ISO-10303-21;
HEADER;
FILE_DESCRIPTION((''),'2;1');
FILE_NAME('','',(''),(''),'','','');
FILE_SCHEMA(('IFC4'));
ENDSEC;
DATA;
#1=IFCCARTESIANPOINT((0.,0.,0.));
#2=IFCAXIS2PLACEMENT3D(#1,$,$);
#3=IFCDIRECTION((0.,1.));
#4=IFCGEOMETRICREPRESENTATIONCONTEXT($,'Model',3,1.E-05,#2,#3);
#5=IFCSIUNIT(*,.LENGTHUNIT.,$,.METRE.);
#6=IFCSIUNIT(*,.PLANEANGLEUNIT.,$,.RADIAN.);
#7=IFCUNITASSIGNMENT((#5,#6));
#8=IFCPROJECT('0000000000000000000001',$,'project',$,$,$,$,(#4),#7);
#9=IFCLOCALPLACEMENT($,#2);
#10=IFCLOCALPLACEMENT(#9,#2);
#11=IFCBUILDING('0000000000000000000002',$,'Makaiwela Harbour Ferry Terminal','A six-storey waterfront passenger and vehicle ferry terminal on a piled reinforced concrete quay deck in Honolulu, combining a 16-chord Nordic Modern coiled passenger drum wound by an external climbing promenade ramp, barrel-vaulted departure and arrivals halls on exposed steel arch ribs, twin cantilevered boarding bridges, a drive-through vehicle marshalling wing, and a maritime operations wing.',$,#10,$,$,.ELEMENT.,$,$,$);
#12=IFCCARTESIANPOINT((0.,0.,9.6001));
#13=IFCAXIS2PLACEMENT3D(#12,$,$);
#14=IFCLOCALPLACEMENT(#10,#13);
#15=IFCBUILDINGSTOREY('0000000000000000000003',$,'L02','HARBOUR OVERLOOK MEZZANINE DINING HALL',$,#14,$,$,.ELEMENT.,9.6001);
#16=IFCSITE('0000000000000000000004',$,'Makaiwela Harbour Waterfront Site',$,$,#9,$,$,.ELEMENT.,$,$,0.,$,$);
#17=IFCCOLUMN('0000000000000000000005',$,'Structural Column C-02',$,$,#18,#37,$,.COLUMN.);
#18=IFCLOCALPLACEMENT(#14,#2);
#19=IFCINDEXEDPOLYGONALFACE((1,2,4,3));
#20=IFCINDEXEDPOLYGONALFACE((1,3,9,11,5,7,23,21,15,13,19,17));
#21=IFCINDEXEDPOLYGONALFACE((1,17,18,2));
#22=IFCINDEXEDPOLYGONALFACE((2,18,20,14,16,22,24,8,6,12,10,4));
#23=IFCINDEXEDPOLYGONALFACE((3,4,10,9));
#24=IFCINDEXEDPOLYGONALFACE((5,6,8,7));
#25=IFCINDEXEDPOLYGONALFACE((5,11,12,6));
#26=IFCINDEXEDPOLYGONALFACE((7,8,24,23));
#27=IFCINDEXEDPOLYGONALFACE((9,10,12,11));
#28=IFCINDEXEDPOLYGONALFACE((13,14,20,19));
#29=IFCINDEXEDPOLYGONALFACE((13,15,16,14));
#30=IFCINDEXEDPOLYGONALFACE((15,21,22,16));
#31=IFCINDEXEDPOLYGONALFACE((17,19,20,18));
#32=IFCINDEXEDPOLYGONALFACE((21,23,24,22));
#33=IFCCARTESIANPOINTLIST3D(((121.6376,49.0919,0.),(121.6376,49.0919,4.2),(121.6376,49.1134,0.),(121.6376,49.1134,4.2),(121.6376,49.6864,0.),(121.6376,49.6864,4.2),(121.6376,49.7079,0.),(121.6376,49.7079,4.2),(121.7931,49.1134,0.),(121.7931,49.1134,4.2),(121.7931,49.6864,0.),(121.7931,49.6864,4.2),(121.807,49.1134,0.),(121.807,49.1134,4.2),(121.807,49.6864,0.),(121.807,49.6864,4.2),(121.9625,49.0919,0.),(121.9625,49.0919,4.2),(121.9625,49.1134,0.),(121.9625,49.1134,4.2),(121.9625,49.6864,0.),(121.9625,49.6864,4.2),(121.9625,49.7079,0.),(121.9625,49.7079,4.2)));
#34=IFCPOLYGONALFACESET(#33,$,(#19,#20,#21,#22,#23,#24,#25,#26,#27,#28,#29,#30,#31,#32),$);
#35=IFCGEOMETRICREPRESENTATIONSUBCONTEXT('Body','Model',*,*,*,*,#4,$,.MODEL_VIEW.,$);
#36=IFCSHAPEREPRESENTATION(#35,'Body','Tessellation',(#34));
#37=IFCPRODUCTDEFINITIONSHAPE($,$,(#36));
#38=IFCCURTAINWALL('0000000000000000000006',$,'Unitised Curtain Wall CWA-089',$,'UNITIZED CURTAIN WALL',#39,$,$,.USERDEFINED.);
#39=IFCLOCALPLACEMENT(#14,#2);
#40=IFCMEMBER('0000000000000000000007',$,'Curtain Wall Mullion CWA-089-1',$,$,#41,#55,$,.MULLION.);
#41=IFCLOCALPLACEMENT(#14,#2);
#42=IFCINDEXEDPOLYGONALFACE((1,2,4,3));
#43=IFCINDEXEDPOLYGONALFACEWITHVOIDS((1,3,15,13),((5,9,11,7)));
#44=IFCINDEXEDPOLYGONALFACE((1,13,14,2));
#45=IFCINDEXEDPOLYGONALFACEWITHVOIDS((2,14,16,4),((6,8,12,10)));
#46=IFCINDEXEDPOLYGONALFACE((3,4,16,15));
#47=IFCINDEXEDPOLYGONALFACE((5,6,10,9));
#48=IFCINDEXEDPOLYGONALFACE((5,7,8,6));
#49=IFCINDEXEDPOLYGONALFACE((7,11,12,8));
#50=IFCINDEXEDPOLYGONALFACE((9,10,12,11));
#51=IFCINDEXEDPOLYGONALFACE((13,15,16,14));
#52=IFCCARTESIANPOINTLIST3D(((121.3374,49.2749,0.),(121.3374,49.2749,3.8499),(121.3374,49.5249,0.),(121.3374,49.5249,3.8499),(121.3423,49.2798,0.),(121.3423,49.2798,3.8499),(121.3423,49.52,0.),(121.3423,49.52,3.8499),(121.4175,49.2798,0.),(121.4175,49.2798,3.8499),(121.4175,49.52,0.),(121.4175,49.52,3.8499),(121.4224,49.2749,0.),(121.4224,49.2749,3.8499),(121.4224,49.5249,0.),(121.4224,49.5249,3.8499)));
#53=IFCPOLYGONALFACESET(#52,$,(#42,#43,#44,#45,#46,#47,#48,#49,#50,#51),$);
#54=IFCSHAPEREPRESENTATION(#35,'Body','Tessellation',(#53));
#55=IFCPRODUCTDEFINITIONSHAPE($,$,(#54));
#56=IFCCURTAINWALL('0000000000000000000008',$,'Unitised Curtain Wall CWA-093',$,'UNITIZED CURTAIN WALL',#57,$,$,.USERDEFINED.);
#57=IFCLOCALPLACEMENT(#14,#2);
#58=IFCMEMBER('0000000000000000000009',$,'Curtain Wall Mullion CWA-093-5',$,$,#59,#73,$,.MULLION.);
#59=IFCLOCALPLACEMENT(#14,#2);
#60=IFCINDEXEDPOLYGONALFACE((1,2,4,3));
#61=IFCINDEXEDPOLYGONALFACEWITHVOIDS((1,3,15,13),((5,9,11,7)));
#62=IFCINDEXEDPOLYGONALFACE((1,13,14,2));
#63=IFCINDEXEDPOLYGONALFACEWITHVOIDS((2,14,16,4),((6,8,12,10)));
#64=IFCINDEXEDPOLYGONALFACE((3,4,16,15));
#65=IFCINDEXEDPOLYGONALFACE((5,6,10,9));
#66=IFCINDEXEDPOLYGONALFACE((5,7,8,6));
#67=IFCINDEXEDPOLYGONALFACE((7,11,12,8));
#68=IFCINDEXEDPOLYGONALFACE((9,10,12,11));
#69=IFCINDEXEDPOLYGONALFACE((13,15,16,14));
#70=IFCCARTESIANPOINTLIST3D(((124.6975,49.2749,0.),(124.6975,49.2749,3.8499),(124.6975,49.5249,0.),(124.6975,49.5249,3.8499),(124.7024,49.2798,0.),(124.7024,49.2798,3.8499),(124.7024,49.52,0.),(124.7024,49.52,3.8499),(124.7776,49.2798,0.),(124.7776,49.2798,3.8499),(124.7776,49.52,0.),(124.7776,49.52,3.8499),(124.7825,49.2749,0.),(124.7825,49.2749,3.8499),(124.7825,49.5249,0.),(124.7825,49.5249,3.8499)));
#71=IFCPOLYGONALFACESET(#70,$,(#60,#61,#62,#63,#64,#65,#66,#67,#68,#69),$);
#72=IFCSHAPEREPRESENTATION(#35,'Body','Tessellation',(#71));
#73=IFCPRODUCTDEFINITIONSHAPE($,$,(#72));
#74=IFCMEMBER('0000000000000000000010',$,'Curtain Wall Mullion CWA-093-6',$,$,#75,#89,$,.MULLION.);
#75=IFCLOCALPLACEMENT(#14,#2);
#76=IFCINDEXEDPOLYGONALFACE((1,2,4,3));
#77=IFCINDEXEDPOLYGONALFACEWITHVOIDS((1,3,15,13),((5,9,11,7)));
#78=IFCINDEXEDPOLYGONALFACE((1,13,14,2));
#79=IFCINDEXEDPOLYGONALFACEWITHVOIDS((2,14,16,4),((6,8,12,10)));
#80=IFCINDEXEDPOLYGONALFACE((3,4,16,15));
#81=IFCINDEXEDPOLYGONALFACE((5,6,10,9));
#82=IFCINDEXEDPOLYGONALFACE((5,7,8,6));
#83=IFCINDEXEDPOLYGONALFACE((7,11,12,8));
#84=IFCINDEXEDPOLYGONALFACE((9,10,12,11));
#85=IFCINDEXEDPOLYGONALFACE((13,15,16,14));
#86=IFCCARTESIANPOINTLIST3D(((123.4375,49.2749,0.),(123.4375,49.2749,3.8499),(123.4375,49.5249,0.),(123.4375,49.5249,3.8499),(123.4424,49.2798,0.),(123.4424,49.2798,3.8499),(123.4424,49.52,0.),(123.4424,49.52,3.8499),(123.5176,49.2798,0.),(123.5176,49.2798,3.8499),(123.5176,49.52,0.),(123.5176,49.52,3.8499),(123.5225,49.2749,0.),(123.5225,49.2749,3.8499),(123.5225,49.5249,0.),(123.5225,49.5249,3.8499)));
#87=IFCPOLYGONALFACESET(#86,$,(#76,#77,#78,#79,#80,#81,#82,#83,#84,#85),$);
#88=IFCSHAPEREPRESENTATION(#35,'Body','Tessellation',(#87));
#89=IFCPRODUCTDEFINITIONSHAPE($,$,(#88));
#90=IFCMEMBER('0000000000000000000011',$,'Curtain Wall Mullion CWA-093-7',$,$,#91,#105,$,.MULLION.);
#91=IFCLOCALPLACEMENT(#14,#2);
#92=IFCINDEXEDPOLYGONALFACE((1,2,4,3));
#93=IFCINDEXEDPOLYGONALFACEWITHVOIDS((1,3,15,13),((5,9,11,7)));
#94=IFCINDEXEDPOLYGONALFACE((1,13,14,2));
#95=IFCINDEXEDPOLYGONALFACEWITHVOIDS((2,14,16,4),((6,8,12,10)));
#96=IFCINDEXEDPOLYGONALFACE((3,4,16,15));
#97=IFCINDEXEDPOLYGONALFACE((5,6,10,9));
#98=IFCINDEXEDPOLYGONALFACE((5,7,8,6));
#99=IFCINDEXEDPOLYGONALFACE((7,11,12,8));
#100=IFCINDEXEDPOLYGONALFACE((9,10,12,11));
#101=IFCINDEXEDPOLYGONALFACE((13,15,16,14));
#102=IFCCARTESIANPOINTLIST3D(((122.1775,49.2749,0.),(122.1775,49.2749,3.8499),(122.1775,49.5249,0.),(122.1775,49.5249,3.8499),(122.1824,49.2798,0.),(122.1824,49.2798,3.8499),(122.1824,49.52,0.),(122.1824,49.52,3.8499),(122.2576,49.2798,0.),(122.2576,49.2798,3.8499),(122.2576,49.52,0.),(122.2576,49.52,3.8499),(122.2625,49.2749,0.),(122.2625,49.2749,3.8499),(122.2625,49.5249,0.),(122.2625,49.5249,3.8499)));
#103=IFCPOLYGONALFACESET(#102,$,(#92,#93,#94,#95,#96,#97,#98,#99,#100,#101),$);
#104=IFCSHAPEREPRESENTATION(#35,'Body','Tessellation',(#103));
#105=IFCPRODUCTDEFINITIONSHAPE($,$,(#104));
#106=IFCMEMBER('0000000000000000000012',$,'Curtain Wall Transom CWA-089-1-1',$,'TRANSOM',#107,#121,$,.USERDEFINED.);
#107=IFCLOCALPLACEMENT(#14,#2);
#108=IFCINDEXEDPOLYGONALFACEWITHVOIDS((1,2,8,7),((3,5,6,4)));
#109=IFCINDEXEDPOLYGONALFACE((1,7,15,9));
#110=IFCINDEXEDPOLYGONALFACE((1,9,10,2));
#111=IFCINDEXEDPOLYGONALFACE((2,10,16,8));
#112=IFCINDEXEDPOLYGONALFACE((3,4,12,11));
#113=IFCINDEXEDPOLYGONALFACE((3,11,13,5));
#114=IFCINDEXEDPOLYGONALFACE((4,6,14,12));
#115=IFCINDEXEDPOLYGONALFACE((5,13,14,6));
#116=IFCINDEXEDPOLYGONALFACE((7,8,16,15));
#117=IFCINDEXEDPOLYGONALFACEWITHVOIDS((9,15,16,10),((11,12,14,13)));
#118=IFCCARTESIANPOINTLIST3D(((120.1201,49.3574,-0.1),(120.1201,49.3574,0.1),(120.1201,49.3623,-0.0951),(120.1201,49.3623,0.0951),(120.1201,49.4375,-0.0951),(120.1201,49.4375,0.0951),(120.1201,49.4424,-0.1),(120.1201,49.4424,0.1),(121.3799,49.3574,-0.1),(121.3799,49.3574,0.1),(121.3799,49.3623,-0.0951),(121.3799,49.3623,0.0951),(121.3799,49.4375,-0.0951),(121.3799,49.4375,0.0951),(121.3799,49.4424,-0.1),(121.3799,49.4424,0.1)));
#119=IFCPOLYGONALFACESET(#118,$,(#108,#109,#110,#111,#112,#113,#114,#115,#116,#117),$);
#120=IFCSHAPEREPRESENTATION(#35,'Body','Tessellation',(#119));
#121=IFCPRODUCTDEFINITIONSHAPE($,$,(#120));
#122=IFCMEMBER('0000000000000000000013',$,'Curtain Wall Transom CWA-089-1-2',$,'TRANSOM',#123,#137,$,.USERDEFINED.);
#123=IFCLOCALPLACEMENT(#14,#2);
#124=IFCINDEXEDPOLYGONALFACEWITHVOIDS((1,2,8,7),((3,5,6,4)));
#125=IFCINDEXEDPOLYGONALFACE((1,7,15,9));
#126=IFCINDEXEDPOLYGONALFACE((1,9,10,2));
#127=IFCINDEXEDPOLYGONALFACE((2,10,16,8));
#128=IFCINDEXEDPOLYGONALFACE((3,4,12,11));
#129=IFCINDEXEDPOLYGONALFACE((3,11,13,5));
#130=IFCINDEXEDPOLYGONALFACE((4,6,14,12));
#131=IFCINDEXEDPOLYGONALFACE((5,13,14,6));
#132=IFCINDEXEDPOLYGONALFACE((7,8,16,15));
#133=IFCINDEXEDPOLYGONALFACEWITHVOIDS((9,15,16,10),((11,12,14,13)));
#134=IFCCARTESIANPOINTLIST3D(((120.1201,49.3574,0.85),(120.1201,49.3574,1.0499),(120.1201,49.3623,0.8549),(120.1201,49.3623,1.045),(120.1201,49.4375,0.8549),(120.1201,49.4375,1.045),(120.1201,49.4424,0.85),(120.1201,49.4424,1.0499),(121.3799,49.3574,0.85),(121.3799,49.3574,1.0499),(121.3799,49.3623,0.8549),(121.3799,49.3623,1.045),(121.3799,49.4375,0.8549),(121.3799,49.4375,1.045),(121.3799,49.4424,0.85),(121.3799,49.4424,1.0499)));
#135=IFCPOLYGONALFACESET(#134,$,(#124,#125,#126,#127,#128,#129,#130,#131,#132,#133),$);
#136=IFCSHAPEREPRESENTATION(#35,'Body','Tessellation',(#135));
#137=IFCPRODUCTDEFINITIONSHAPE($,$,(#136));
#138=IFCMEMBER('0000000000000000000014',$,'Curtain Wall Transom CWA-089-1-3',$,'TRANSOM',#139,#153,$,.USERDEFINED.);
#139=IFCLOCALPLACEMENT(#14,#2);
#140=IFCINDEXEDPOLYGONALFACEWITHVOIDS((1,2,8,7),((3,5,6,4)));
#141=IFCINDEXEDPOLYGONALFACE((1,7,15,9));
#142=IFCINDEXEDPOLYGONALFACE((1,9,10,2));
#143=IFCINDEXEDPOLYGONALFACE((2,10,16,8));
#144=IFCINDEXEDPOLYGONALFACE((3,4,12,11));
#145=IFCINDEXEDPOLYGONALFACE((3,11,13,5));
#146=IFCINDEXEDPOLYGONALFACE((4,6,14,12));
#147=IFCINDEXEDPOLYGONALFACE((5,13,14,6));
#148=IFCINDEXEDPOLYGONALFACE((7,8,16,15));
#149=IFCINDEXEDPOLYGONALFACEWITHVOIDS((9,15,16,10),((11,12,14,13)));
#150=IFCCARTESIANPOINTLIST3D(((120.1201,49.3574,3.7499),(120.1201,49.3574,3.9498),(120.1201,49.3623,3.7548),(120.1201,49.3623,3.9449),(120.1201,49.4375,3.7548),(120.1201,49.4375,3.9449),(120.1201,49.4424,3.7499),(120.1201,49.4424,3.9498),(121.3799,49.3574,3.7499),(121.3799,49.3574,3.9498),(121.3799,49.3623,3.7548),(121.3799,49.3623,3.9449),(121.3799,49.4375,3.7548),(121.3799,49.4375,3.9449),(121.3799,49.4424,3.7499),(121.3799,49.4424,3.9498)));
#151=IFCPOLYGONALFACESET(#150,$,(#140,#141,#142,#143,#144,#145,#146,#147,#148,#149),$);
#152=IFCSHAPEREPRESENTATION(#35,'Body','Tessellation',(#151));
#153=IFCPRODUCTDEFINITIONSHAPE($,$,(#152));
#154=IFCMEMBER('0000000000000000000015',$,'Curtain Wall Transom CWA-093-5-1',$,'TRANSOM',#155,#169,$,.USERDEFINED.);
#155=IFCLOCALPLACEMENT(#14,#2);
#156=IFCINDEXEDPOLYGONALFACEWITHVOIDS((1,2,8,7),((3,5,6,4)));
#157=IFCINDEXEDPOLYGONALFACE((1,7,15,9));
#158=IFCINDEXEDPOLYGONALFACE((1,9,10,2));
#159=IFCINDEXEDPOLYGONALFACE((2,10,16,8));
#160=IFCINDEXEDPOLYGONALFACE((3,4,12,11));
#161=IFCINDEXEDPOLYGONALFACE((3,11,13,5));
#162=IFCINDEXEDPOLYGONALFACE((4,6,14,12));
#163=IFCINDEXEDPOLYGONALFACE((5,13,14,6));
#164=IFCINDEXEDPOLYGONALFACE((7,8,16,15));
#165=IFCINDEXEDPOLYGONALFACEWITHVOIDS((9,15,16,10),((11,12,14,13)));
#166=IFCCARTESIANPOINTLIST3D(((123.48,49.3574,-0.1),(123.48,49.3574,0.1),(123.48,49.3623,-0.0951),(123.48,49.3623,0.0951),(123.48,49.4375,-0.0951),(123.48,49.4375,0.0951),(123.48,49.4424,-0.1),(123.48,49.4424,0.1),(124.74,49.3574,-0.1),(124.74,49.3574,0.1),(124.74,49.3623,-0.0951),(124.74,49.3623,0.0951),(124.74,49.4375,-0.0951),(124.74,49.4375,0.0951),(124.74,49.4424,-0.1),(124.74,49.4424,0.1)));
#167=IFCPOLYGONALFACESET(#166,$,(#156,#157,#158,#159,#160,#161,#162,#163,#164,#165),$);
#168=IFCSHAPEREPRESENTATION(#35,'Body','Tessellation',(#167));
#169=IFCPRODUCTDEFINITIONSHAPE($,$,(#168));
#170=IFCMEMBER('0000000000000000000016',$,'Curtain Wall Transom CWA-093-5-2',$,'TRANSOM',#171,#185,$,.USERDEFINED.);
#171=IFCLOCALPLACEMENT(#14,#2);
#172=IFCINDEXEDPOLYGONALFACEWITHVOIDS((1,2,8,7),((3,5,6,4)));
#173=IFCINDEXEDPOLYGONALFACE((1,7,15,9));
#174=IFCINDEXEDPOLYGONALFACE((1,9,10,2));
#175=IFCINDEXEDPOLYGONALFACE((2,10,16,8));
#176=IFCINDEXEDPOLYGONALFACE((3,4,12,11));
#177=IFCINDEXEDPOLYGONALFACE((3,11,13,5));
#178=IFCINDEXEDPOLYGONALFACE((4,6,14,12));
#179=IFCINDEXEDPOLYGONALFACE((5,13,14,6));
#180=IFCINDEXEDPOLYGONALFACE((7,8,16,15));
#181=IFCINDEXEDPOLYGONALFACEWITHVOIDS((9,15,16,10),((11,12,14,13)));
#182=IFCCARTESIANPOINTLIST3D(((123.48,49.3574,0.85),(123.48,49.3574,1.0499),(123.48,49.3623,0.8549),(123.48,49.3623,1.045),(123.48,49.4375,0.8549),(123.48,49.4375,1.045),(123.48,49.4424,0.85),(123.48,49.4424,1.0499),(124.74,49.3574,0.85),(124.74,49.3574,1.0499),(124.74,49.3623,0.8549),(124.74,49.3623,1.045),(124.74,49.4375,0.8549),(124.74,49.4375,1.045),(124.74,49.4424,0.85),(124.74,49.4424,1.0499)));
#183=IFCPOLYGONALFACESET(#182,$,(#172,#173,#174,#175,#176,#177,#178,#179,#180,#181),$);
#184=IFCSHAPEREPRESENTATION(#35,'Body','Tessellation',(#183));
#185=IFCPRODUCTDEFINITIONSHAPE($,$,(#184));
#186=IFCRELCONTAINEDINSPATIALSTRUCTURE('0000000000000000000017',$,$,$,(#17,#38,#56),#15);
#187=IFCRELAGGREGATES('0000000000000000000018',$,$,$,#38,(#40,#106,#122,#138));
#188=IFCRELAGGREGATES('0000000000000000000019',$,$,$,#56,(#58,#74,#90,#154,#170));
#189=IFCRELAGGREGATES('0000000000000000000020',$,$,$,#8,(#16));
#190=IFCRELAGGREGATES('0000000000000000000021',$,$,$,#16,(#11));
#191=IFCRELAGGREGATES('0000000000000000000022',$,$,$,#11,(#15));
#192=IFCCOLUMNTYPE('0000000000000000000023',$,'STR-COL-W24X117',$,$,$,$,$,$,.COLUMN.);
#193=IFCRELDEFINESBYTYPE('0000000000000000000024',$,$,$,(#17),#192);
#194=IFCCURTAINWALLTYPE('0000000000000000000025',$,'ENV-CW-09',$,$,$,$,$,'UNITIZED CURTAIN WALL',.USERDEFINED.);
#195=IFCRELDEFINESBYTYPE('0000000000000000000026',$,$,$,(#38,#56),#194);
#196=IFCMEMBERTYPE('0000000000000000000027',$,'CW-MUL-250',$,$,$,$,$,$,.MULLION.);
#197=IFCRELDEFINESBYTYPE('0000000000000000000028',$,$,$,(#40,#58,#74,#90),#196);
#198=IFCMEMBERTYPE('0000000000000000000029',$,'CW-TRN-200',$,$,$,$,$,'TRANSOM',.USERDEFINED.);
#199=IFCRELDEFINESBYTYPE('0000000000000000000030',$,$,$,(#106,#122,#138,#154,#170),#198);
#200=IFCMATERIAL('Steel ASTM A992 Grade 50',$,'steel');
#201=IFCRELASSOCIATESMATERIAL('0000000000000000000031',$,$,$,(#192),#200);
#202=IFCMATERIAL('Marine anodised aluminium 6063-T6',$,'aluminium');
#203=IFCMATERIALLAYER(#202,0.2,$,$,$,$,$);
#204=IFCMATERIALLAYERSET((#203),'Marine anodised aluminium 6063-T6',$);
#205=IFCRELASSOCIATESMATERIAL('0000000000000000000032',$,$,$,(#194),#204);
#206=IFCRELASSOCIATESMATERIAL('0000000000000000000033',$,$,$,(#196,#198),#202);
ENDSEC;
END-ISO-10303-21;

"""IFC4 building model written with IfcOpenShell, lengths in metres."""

from ifc_helpers import new_model, si_unit, direction, frame, origin, origin_2d, place, context, subcontext, project, spatial, hollow_rectangle, i_section, extrude, material, layer, layer_set, material_profile, profile_set, type_object, element, aggregate, save


model = new_model("IFC4")

# Units and contexts
model_context = context("Model", 3, precision=1e-05, world=origin(), true_north=direction((0.0, 1.0)))
body_context = subcontext(model_context, "Body", "Model", "MODEL_VIEW")
ifc_project = project(units=[si_unit("LENGTHUNIT", "METRE"), si_unit("PLANEANGLEUNIT", "RADIAN")], contexts=[model_context])

# Site, building, storey
site_placement = place(None, origin())
site = spatial("IfcSite", under=ifc_project, at=site_placement, Name="Makaiwela Harbour Waterfront Site", CompositionType="ELEMENT", RefElevation=0.0)
building_placement = place(site_placement, origin())
building = spatial("IfcBuilding", under=site, at=building_placement, Name="Makaiwela Harbour Ferry Terminal", Description="A six-storey waterfront passenger and vehicle ferry terminal on a piled reinforced concrete quay deck in Honolulu, combining a 16-chord Nordic Modern coiled passenger drum wound by an external climbing promenade ramp, barrel-vaulted departure and arrivals halls on exposed steel arch ribs, twin cantilevered boarding bridges, a drive-through vehicle marshalling wing, and a maritime operations wing.", CompositionType="ELEMENT")
storey_placement = place(building_placement, frame((0.0, 0.0, 9.6001)))
storey = spatial("IfcBuildingStorey", under=building, at=storey_placement, Name="L02", Description="HARBOUR OVERLOOK MEZZANINE DINING HALL", CompositionType="ELEMENT", Elevation=9.6001)

# Column
ifc_material_1 = material(Name="Steel ASTM A992 Grade 50", Category="steel")
ifc_material_profile_1 = material_profile(ifc_material_1, i_section(OverallWidth=0.325, OverallDepth=0.616, WebThickness=0.0139, FlangeThickness=0.0215, at=origin_2d()), Name="W24X117")
ifc_profile_set_1 = profile_set([ifc_material_profile_1], Name="Steel ASTM A992 Grade 50")
column_type = type_object("IfcColumnType", Name="STR-COL-W24X117", PredefinedType="COLUMN", material=ifc_profile_set_1)
column_placement = place(storey_placement, frame((121.8, 49.3999, 0.0), z_axis=(0.0, 0.0, 1.0), x_axis=(1.0, 0.0, 0.0)))
element("IfcColumn", 1, at=column_placement, inside=storey, type_object=column_type, Name="Structural Column C-02", PredefinedType="COLUMN", context=body_context, shape_type="SweptSolid", body=[
    extrude(i_section(OverallWidth=0.325, OverallDepth=0.616, WebThickness=0.0139, FlangeThickness=0.0215, at=origin_2d()), origin(), (0.0, 0.0, 1.0), 4.2),
])

# Curtain wall, member
ifc_material_2 = material(Name="Marine anodised aluminium 6063-T6", Category="aluminium")
ifc_layer_1 = layer(ifc_material_2, 0.2)
ifc_layer_set_1 = layer_set([ifc_layer_1], Name="Marine anodised aluminium 6063-T6")
curtain_wall_type = type_object("IfcCurtainWallType", Name="ENV-CW-09", ElementType="UNITIZED CURTAIN WALL", PredefinedType="USERDEFINED", material=ifc_layer_set_1)
curtain_wall_1_placement = place(storey_placement, origin())
curtain_wall_1 = element("IfcCurtainWall", 2, at=curtain_wall_1_placement, inside=storey, type_object=curtain_wall_type, Name="Unitised Curtain Wall CWA-089", ObjectType="UNITIZED CURTAIN WALL", PredefinedType="USERDEFINED")
ifc_material_profile_2 = material_profile(ifc_material_2, hollow_rectangle(XDim=0.085, YDim=0.25, WallThickness=0.0049, at=origin_2d()), Name="CWM-250X85")
ifc_profile_set_2 = profile_set([ifc_material_profile_2], Name="Marine anodised aluminium 6063-T6")
member_type_1 = type_object("IfcMemberType", Name="CW-MUL-250", PredefinedType="MULLION", material=ifc_profile_set_2)
member_1_placement = place(storey_placement, frame((121.3799, 49.3999, 0.0), z_axis=(0.0, 0.0, 1.0), x_axis=(1.0, 0.0, 0.0)))
member_1 = element("IfcMember", 3, at=member_1_placement, type_object=member_type_1, Name="Curtain Wall Mullion CWA-089-1", PredefinedType="MULLION", context=body_context, shape_type="SweptSolid", body=[
    extrude(hollow_rectangle(XDim=0.085, YDim=0.25, WallThickness=0.0049, at=origin_2d()), origin(), (0.0, 0.0, 1.0), 3.8499),
])

# Curtain wall, members
curtain_wall_2_placement = place(storey_placement, origin())
curtain_wall_2 = element("IfcCurtainWall", 4, at=curtain_wall_2_placement, inside=storey, type_object=curtain_wall_type, Name="Unitised Curtain Wall CWA-093", ObjectType="UNITIZED CURTAIN WALL", PredefinedType="USERDEFINED")
member_2_placement = place(storey_placement, frame((124.74, 49.3999, 0.0), z_axis=(0.0, 0.0, 1.0), x_axis=(1.0, 0.0, 0.0)))
member_2 = element("IfcMember", 5, at=member_2_placement, type_object=member_type_1, Name="Curtain Wall Mullion CWA-093-5", PredefinedType="MULLION", context=body_context, shape_type="SweptSolid", body=[
    extrude(hollow_rectangle(XDim=0.085, YDim=0.25, WallThickness=0.0049, at=origin_2d()), origin(), (0.0, 0.0, 1.0), 3.8499),
])
member_3_placement = place(storey_placement, frame((123.48, 49.3999, 0.0), z_axis=(0.0, 0.0, 1.0), x_axis=(1.0, 0.0, 0.0)))
member_3 = element("IfcMember", 6, at=member_3_placement, type_object=member_type_1, Name="Curtain Wall Mullion CWA-093-6", PredefinedType="MULLION", context=body_context, shape_type="SweptSolid", body=[
    extrude(hollow_rectangle(XDim=0.085, YDim=0.25, WallThickness=0.0049, at=origin_2d()), origin(), (0.0, 0.0, 1.0), 3.8499),
])
member_4_placement = place(storey_placement, frame((122.22, 49.3999, 0.0), z_axis=(0.0, 0.0, 1.0), x_axis=(1.0, 0.0, 0.0)))
member_4 = element("IfcMember", 7, at=member_4_placement, type_object=member_type_1, Name="Curtain Wall Mullion CWA-093-7", PredefinedType="MULLION", context=body_context, shape_type="SweptSolid", body=[
    extrude(hollow_rectangle(XDim=0.085, YDim=0.25, WallThickness=0.0049, at=origin_2d()), origin(), (0.0, 0.0, 1.0), 3.8499),
])

# Members
ifc_material_profile_3 = material_profile(ifc_material_2, hollow_rectangle(XDim=0.085, YDim=0.2, WallThickness=0.0049, at=origin_2d()), Name="CWT-200X85")
ifc_profile_set_3 = profile_set([ifc_material_profile_3], Name="Marine anodised aluminium 6063-T6")
member_type_2 = type_object("IfcMemberType", Name="CW-TRN-200", ElementType="TRANSOM", PredefinedType="USERDEFINED", material=ifc_profile_set_3)
member_5_placement = place(storey_placement, frame((121.3799, 49.3999, 0.0), z_axis=(-1.0, 0.0, 0.0), x_axis=(0.0, -1.0, 0.0)))
member_5 = element("IfcMember", 8, at=member_5_placement, type_object=member_type_2, Name="Curtain Wall Transom CWA-089-1-1", ObjectType="TRANSOM", PredefinedType="USERDEFINED", context=body_context, shape_type="SweptSolid", body=[
    extrude(hollow_rectangle(XDim=0.085, YDim=0.2, WallThickness=0.0049, at=origin_2d()), origin(), (0.0, 0.0, 1.0), 1.2598),
])
member_6_placement = place(storey_placement, frame((121.3799, 49.3999, 0.95), z_axis=(-1.0, 0.0, 0.0), x_axis=(0.0, -1.0, 0.0)))
member_6 = element("IfcMember", 9, at=member_6_placement, type_object=member_type_2, Name="Curtain Wall Transom CWA-089-1-2", ObjectType="TRANSOM", PredefinedType="USERDEFINED", context=body_context, shape_type="SweptSolid", body=[
    extrude(hollow_rectangle(XDim=0.085, YDim=0.2, WallThickness=0.0049, at=origin_2d()), origin(), (0.0, 0.0, 1.0), 1.2598),
])
member_7_placement = place(storey_placement, frame((121.3799, 49.3999, 3.8499), z_axis=(-1.0, 0.0, 0.0), x_axis=(0.0, -1.0, 0.0)))
member_7 = element("IfcMember", 10, at=member_7_placement, type_object=member_type_2, Name="Curtain Wall Transom CWA-089-1-3", ObjectType="TRANSOM", PredefinedType="USERDEFINED", context=body_context, shape_type="SweptSolid", body=[
    extrude(hollow_rectangle(XDim=0.085, YDim=0.2, WallThickness=0.0049, at=origin_2d()), origin(), (0.0, 0.0, 1.0), 1.2598),
])
member_8_placement = place(storey_placement, frame((124.74, 49.3999, 0.0), z_axis=(-1.0, 0.0, 0.0), x_axis=(0.0, -1.0, 0.0)))
member_8 = element("IfcMember", 11, at=member_8_placement, type_object=member_type_2, Name="Curtain Wall Transom CWA-093-5-1", ObjectType="TRANSOM", PredefinedType="USERDEFINED", context=body_context, shape_type="SweptSolid", body=[
    extrude(hollow_rectangle(XDim=0.085, YDim=0.2, WallThickness=0.0049, at=origin_2d()), origin(), (0.0, 0.0, 1.0), 1.26),
])
member_9_placement = place(storey_placement, frame((124.74, 49.3999, 0.95), z_axis=(-1.0, 0.0, 0.0), x_axis=(0.0, -1.0, 0.0)))
member_9 = element("IfcMember", 12, at=member_9_placement, type_object=member_type_2, Name="Curtain Wall Transom CWA-093-5-2", ObjectType="TRANSOM", PredefinedType="USERDEFINED", context=body_context, shape_type="SweptSolid", body=[
    extrude(hollow_rectangle(XDim=0.085, YDim=0.2, WallThickness=0.0049, at=origin_2d()), origin(), (0.0, 0.0, 1.0), 1.26),
])

aggregate(curtain_wall_1, [member_1, member_5, member_6, member_7])
aggregate(curtain_wall_2, [member_2, member_3, member_4, member_8, member_9])

save(model, "model.ifc")
